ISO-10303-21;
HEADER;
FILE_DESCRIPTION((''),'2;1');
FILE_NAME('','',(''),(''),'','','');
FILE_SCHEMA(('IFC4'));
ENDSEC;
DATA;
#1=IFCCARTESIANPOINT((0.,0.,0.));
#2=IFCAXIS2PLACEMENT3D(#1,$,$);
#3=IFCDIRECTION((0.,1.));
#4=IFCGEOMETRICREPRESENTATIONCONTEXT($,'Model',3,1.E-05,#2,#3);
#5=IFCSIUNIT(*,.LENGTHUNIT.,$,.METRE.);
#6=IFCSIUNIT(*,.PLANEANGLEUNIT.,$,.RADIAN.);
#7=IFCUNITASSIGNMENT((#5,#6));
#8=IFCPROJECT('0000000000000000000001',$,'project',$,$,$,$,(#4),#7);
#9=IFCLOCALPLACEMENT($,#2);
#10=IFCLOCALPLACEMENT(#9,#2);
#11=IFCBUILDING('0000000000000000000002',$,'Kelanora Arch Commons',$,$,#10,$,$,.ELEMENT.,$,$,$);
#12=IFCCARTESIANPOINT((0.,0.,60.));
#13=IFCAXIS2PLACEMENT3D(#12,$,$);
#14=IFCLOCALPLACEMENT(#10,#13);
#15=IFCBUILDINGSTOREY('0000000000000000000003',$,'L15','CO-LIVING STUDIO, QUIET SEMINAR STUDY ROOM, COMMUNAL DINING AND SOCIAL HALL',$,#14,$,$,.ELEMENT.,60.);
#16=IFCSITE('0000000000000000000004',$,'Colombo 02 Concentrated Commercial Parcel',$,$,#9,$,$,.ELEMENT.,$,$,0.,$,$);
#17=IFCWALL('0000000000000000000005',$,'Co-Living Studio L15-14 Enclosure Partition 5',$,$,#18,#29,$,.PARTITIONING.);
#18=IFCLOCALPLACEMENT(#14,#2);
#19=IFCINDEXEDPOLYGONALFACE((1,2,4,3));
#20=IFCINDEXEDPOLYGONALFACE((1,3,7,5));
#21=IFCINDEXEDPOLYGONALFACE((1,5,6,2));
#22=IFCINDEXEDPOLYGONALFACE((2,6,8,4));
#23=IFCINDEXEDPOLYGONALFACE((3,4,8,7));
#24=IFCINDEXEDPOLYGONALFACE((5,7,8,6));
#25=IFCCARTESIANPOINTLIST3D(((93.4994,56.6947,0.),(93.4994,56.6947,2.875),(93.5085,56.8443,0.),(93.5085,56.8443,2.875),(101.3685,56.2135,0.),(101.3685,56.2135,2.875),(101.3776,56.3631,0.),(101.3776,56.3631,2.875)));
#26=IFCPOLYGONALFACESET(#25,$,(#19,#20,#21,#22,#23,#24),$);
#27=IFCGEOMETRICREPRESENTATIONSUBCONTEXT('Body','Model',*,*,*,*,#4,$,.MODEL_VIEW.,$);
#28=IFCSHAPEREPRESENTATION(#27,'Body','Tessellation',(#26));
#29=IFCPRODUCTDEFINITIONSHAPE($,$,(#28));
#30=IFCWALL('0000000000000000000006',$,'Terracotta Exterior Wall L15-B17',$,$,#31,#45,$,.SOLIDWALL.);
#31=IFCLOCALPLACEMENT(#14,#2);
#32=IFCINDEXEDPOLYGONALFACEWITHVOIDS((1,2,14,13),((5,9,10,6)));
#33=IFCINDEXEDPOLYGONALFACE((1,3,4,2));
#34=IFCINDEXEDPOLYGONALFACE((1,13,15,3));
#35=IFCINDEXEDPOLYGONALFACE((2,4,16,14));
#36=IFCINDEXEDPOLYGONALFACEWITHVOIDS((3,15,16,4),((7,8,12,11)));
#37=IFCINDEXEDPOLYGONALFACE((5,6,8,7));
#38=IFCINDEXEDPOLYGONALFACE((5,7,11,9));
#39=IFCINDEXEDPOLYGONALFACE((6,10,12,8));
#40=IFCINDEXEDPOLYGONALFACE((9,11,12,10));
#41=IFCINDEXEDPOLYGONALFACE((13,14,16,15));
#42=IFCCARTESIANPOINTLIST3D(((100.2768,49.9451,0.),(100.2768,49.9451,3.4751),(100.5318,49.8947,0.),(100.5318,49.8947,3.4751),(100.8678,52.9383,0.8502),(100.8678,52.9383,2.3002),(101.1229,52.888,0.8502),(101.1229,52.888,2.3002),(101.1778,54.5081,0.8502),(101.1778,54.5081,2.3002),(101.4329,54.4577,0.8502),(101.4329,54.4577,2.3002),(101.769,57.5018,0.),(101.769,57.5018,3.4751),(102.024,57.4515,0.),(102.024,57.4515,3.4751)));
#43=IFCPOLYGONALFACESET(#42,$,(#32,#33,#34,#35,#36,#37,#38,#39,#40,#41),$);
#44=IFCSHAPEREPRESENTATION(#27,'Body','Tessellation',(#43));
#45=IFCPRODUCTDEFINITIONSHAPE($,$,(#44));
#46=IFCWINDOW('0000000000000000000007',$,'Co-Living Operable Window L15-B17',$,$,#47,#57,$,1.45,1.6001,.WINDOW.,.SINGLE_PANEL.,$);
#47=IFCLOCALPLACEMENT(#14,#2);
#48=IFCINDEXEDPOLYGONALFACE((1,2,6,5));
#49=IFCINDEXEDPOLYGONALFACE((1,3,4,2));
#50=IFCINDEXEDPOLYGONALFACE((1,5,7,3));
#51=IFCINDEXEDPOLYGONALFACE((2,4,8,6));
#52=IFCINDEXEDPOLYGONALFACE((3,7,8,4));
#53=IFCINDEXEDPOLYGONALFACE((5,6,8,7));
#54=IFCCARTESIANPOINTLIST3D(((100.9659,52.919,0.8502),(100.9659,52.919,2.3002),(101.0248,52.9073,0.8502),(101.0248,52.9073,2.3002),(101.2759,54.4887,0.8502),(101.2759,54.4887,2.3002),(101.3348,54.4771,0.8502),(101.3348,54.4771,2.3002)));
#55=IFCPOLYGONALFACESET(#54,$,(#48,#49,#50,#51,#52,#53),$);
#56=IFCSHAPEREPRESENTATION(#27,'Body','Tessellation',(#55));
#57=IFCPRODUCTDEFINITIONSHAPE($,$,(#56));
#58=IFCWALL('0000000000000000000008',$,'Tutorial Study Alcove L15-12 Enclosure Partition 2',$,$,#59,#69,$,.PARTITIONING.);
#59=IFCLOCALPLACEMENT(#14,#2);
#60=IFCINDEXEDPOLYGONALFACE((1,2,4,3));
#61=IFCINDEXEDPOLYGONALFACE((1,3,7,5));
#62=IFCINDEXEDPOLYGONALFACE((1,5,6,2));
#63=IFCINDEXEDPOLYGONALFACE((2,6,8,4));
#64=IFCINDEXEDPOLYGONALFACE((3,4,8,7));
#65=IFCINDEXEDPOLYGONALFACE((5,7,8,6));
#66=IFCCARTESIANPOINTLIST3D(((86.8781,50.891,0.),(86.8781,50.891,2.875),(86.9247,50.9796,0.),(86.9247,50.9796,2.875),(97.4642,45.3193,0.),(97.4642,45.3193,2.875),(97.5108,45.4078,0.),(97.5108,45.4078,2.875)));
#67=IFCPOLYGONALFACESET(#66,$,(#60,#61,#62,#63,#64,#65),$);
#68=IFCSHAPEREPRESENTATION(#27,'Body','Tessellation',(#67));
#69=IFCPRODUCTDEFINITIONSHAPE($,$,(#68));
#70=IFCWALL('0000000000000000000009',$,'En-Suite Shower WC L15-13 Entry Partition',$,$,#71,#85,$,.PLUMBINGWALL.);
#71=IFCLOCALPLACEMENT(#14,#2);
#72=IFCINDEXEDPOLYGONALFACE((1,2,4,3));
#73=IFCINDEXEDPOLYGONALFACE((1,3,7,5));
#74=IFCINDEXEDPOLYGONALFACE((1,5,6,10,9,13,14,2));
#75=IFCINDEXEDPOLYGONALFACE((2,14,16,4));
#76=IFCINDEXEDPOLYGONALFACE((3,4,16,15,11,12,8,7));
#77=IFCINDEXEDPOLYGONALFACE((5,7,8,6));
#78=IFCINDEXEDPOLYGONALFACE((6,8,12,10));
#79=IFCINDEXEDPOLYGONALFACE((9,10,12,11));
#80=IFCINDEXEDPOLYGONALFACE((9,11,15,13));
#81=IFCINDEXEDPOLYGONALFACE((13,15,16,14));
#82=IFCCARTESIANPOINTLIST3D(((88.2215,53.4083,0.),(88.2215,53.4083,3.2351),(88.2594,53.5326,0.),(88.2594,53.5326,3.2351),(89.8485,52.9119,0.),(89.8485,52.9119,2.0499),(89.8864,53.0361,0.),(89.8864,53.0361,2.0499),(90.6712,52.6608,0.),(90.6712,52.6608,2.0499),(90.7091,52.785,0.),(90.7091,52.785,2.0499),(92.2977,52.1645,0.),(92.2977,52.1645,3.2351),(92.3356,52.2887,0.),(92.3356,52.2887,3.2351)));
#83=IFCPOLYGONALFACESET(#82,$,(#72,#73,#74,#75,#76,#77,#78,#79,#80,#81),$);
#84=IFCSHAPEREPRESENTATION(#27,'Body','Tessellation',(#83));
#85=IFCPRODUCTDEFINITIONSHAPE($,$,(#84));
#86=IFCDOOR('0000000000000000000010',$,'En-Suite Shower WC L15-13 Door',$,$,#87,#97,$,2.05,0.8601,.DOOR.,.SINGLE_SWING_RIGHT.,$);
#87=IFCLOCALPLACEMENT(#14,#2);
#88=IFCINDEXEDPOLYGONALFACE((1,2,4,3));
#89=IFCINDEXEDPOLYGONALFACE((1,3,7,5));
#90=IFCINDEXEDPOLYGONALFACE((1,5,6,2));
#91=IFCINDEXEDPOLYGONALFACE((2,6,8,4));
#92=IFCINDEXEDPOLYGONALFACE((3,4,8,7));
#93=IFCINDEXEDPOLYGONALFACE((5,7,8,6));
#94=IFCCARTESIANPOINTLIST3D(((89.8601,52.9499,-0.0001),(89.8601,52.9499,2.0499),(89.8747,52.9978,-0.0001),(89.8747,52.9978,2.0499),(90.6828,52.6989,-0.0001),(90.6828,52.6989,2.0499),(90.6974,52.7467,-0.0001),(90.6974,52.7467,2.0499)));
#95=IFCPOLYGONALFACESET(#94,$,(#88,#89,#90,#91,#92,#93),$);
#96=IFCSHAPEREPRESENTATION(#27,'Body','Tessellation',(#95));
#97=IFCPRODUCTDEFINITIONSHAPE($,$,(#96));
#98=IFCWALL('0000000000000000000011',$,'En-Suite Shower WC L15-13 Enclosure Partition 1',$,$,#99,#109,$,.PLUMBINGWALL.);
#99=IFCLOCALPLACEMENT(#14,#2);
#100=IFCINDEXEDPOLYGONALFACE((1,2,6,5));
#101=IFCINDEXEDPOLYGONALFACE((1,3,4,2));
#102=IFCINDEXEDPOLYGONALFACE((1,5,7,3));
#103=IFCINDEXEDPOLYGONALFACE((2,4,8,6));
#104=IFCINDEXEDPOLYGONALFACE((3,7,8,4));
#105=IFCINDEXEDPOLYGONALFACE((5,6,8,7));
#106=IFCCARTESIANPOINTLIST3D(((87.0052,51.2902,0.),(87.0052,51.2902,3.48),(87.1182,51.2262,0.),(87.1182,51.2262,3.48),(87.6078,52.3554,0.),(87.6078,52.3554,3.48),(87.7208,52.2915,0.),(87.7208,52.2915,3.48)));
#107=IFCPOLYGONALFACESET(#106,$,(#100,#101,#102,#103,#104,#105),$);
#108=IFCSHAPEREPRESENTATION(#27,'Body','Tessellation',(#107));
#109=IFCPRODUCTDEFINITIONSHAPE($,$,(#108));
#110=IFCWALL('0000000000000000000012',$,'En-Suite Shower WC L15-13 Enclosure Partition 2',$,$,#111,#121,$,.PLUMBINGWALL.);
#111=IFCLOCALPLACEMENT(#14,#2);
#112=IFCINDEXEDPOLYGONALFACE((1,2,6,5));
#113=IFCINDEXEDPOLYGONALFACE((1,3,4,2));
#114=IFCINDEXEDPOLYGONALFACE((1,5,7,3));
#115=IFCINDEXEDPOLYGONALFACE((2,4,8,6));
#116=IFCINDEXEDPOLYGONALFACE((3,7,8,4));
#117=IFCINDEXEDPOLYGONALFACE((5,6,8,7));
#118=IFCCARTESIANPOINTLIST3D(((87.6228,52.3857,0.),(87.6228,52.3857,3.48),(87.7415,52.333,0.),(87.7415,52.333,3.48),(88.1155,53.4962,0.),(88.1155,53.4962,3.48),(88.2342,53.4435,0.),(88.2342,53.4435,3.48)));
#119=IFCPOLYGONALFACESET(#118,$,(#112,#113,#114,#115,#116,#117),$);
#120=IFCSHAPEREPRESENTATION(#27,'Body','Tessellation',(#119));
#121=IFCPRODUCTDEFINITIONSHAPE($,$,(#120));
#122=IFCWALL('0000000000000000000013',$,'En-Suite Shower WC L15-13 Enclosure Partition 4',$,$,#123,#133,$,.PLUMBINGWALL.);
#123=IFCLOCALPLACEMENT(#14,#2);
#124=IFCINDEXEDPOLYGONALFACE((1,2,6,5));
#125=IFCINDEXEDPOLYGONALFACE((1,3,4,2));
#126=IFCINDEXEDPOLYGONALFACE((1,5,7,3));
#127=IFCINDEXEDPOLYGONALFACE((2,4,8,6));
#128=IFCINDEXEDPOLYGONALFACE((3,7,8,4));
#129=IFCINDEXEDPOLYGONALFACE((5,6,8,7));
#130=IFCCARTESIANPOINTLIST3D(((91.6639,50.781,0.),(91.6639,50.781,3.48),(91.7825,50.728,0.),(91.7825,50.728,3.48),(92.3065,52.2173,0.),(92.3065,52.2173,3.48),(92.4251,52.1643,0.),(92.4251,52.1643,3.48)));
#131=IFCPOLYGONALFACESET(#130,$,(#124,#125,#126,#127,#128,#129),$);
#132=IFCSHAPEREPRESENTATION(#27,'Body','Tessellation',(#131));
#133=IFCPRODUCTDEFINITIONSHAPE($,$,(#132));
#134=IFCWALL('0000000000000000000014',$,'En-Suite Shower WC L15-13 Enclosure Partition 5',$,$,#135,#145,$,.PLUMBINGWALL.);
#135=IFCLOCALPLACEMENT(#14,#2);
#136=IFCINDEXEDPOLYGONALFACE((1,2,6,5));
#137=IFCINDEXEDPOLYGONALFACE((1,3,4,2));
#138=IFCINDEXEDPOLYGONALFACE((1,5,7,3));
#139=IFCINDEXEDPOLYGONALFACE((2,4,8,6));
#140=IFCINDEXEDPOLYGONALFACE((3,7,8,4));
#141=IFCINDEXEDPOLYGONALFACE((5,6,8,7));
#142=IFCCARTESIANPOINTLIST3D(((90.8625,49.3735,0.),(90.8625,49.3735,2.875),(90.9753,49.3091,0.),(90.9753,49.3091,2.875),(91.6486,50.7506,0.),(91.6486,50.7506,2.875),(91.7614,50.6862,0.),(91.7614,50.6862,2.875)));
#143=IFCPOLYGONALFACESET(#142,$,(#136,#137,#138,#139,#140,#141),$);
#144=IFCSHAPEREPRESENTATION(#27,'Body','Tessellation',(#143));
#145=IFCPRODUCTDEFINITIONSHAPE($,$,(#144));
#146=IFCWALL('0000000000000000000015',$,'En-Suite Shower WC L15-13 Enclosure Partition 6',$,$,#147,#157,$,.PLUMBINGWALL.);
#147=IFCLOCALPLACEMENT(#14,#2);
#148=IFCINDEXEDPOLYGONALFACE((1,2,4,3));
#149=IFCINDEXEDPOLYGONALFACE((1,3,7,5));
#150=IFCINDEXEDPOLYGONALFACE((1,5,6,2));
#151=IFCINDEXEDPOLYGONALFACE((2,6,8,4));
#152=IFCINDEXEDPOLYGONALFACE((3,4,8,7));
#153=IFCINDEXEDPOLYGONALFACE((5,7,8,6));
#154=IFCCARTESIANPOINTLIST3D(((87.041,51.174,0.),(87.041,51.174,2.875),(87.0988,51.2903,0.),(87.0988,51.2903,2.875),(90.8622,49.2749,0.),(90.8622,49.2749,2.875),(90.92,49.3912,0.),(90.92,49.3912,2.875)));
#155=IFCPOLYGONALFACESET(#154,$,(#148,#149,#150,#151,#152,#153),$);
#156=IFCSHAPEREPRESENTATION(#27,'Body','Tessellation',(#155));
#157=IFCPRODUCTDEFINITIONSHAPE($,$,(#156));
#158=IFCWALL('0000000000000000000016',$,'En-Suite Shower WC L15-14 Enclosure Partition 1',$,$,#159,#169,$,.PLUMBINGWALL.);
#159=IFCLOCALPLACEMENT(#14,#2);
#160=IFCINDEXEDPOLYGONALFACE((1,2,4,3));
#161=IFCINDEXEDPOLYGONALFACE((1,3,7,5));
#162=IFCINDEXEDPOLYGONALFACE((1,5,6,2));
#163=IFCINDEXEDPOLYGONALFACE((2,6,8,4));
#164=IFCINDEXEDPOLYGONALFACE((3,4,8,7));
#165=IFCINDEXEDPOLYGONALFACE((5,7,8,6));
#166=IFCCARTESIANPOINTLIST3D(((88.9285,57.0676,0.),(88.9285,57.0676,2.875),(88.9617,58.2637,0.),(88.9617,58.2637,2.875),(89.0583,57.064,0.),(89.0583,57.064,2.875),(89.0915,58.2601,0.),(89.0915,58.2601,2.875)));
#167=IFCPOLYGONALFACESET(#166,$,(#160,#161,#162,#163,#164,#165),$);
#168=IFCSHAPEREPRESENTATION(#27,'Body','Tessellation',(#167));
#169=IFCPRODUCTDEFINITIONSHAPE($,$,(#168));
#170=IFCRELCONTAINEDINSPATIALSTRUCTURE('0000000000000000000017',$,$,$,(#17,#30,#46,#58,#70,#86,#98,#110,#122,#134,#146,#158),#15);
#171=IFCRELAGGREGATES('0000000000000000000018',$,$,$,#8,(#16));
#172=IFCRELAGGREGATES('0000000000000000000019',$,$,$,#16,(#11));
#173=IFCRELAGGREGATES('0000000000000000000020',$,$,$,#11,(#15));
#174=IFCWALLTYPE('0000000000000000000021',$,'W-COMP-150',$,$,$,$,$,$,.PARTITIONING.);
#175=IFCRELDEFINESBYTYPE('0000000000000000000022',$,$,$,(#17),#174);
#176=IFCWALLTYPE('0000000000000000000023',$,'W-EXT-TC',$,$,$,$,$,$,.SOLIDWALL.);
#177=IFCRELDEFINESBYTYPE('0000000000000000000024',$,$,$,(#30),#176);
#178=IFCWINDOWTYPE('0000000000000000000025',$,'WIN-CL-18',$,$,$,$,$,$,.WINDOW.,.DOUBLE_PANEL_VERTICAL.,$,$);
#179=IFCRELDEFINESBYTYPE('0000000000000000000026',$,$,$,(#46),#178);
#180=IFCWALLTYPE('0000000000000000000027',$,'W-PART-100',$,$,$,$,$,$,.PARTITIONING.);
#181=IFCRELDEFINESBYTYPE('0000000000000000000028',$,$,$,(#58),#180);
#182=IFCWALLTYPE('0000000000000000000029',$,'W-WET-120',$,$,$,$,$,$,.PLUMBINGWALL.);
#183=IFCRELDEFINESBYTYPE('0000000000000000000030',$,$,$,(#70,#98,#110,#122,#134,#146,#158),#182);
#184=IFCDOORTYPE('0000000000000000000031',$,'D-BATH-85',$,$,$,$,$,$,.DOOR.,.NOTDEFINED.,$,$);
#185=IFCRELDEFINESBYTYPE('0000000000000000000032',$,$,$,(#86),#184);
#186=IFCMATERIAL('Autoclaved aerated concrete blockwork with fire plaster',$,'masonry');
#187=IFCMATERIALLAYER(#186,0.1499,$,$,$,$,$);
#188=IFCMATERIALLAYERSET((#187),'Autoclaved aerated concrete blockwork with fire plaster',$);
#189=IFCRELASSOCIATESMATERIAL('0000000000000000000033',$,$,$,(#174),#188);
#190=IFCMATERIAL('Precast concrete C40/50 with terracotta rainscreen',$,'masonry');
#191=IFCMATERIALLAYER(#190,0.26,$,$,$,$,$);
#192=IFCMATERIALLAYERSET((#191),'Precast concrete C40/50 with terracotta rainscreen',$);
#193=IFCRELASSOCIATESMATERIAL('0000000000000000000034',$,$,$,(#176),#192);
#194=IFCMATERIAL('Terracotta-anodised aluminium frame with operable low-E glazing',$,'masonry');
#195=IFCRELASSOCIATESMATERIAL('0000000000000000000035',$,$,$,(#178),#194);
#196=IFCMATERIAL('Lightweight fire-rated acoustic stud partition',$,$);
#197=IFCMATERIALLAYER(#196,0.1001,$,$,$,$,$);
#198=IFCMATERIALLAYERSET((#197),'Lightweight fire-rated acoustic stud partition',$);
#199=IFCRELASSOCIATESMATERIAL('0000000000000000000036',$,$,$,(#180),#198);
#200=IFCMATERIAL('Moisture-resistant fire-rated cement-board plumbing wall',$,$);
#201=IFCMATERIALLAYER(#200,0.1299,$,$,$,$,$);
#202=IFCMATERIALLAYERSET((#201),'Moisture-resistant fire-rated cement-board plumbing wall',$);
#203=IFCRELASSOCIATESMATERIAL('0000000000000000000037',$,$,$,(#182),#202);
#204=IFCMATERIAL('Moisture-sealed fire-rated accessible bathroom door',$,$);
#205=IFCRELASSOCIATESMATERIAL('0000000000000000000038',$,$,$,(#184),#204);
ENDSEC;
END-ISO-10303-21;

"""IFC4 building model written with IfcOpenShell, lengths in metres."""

from ifc_helpers import new_model, si_unit, direction, frame, frame_2d, origin, place, context, subcontext, project, spatial, rectangle, extrude, material, layer, layer_set, type_object, element, fill, save


model = new_model("IFC4")

# Units and contexts
model_context = context("Model", 3, precision=1e-05, world=origin(), true_north=direction((0.0, 1.0)))
body_context = subcontext(model_context, "Body", "Model", "MODEL_VIEW")
ifc_project = project(units=[si_unit("LENGTHUNIT", "METRE"), si_unit("PLANEANGLEUNIT", "RADIAN")], contexts=[model_context])

# Site, building, storey
site_placement = place(None, origin())
site = spatial("IfcSite", under=ifc_project, at=site_placement, Name="Colombo 02 Concentrated Commercial Parcel", CompositionType="ELEMENT", RefElevation=0.0)
building_placement = place(site_placement, origin())
building = spatial("IfcBuilding", under=site, at=building_placement, Name="Kelanora Arch Commons", CompositionType="ELEMENT")
storey_placement = place(building_placement, frame((0.0, 0.0, 60.0)))
storey = spatial("IfcBuildingStorey", under=building, at=storey_placement, Name="L15", Description="CO-LIVING STUDIO, QUIET SEMINAR STUDY ROOM, COMMUNAL DINING AND SOCIAL HALL", CompositionType="ELEMENT", Elevation=60.0)

# Shared definitions
ifc_material_1 = material(Name="Autoclaved aerated concrete blockwork with fire plaster", Category="masonry")
ifc_layer_1 = layer(ifc_material_1, 0.1499)
ifc_layer_set_1 = layer_set([ifc_layer_1], Name="Autoclaved aerated concrete blockwork with fire plaster")
wall_type_1 = type_object("IfcWallType", Name="W-COMP-150", PredefinedType="PARTITIONING", material=ifc_layer_set_1)

# Wall
wall_1_placement = place(storey_placement, frame((101.373, 56.2883, 0.0), z_axis=(0.0, 0.0, 1.0), x_axis=(-0.998136, 0.061036, 0.0)))
element("IfcWall", 1, at=wall_1_placement, inside=storey, type_object=wall_type_1, Name="Co-Living Studio L15-14 Enclosure Partition 5", PredefinedType="PARTITIONING", context=body_context, shape_type="SweptSolid", body=[
    extrude(rectangle(XDim=7.8838, YDim=0.1499, at=frame_2d((3.9419, 0.0))), origin(), (0.0, 0.0, 1.0), 2.875),
])

# Wall, opening, window
ifc_material_2 = material(Name="Precast concrete C40/50 with terracotta rainscreen", Category="masonry")
ifc_layer_2 = layer(ifc_material_2, 0.26)
ifc_layer_set_2 = layer_set([ifc_layer_2], Name="Precast concrete C40/50 with terracotta rainscreen")
wall_type_2 = type_object("IfcWallType", Name="W-EXT-TC", PredefinedType="SOLIDWALL", material=ifc_layer_set_2)
wall_2_placement = place(storey_placement, frame((100.4043, 49.9199, 0.0), z_axis=(0.0, 0.0, 1.0), x_axis=(0.193726, 0.981056, 0.0)))
wall_2 = element("IfcWall", 2, at=wall_2_placement, inside=storey, type_object=wall_type_2, Name="Terracotta Exterior Wall L15-B17", PredefinedType="SOLIDWALL", context=body_context, shape_type="SweptSolid", body=[
    extrude(rectangle(XDim=7.7026, YDim=0.26, at=frame_2d((3.8513, 0.0))), origin(), (0.0, 0.0, 1.0), 3.4751),
])
opening_1_placement = place(wall_2_placement, frame((3.051, 0.0, 0.8501)))
opening_1 = element("IfcOpeningElement", 3, at=opening_1_placement, cuts=wall_2, PredefinedType="OPENING", context=body_context, shape_type="SweptSolid", body=[
    extrude(rectangle(XDim=1.6001, YDim=1.45, at=frame_2d((0.8, 0.7251))), frame((0.0, 0.1401, 0.0), z_axis=(0.0, -1.0, 0.0), x_axis=(1.0, 0.0, 0.0)), (0.0, 0.0, 1.0), 0.28),
])
ifc_material_3 = material(Name="Terracotta-anodised aluminium frame with operable low-E glazing", Category="masonry")
window_type = type_object("IfcWindowType", Name="WIN-CL-18", PartitioningType="DOUBLE_PANEL_VERTICAL", PredefinedType="WINDOW", material=ifc_material_3)
window_placement = place(opening_1_placement, origin())
window = element("IfcWindow", 4, at=window_placement, inside=storey, type_object=window_type, Name="Co-Living Operable Window L15-B17", OverallHeight=1.45, OverallWidth=1.6001, PartitioningType="SINGLE_PANEL", PredefinedType="WINDOW", context=body_context, shape_type="SweptSolid", body=[
    extrude(rectangle(XDim=1.6001, YDim=1.45, at=frame_2d((0.8, 0.7251))), frame((0.0, 0.03, 0.0), z_axis=(0.0, -1.0, 0.0), x_axis=(1.0, 0.0, 0.0)), (0.0, 0.0, 1.0), 0.0601),
])
fill(opening_1, window)

# Wall
ifc_material_4 = material(Name="Lightweight fire-rated acoustic stud partition")
ifc_layer_3 = layer(ifc_material_4, 0.1001)
ifc_layer_set_3 = layer_set([ifc_layer_3], Name="Lightweight fire-rated acoustic stud partition")
wall_type_3 = type_object("IfcWallType", Name="W-PART-100", PredefinedType="PARTITIONING", material=ifc_layer_set_3)
wall_3_placement = place(storey_placement, frame((86.9014, 50.9353, 0.0), z_axis=(0.0, 0.0, 1.0), x_axis=(0.884915, -0.465753, 0.0)))
element("IfcWall", 5, at=wall_3_placement, inside=storey, type_object=wall_type_3, Name="Tutorial Study Alcove L15-12 Enclosure Partition 2", PredefinedType="PARTITIONING", context=body_context, shape_type="SweptSolid", body=[
    extrude(rectangle(XDim=11.9629, YDim=0.1001, at=frame_2d((5.9814, 0.0))), origin(), (0.0, 0.0, 1.0), 2.875),
])

# Wall, opening, door
ifc_material_5 = material(Name="Moisture-resistant fire-rated cement-board plumbing wall")
ifc_layer_4 = layer(ifc_material_5, 0.1299)
ifc_layer_set_4 = layer_set([ifc_layer_4], Name="Moisture-resistant fire-rated cement-board plumbing wall")
wall_type_4 = type_object("IfcWallType", Name="W-WET-120", PredefinedType="PLUMBINGWALL", material=ifc_layer_set_4)
wall_4_placement = place(storey_placement, frame((88.2405, 53.4705, 0.0), z_axis=(0.0, 0.0, 1.0), x_axis=(0.956456, -0.291875, 0.0)))
wall_4 = element("IfcWall", 6, at=wall_4_placement, inside=storey, type_object=wall_type_4, Name="En-Suite Shower WC L15-13 Entry Partition", PredefinedType="PLUMBINGWALL", context=body_context, shape_type="SweptSolid", body=[
    extrude(rectangle(XDim=4.2617, YDim=0.1299, at=frame_2d((2.1309, 0.0))), origin(), (0.0, 0.0, 1.0), 3.2351),
])
opening_2_placement = place(wall_4_placement, frame((1.7009, 0.0, 0.0)))
opening_2 = element("IfcOpeningElement", 7, at=opening_2_placement, cuts=wall_4, PredefinedType="OPENING", context=body_context, shape_type="SweptSolid", body=[
    extrude(rectangle(XDim=0.8601, YDim=2.05, at=frame_2d((0.4302, 1.0249))), frame((0.0, 0.075, 0.0), z_axis=(0.0, -1.0, 0.0), x_axis=(1.0, 0.0, 0.0)), (0.0, 0.0, 1.0), 0.1499),
])
ifc_material_6 = material(Name="Moisture-sealed fire-rated accessible bathroom door")
door_type_1 = type_object("IfcDoorType", Name="D-BATH-85", OperationType="NOTDEFINED", PredefinedType="DOOR", material=ifc_material_6)
door_1_placement = place(opening_2_placement, origin())
door_1 = element("IfcDoor", 8, at=door_1_placement, inside=storey, type_object=door_type_1, Name="En-Suite Shower WC L15-13 Door", OperationType="SINGLE_SWING_RIGHT", OverallHeight=2.05, OverallWidth=0.8601, PredefinedType="DOOR", context=body_context, shape_type="SweptSolid", body=[
    extrude(rectangle(XDim=0.8601, YDim=2.05, at=frame_2d((0.4302, 1.0249))), frame((0.0, 0.0249, 0.0), z_axis=(0.0, -1.0, 0.0), x_axis=(1.0, 0.0, 0.0)), (0.0, 0.0, 1.0), 0.05),
])
fill(opening_2, door_1)

# Walls
wall_5_placement = place(storey_placement, frame((87.0618, 51.2583, 0.0), z_axis=(0.0, 0.0, 1.0), x_axis=(0.492353, 0.870396, 0.0)))
element("IfcWall", 9, at=wall_5_placement, inside=storey, type_object=wall_type_4, Name="En-Suite Shower WC L15-13 Enclosure Partition 1", PredefinedType="PLUMBINGWALL", context=body_context, shape_type="SweptSolid", body=[
    extrude(rectangle(XDim=1.2239, YDim=0.1299, at=frame_2d((0.6118, 0.0))), origin(), (0.0, 0.0, 1.0), 3.48),
])
wall_6_placement = place(storey_placement, frame((87.6821, 52.3594, 0.0), z_axis=(0.0, 0.0, 1.0), x_axis=(0.405579, 0.91406, 0.0)))
element("IfcWall", 10, at=wall_6_placement, inside=storey, type_object=wall_type_4, Name="En-Suite Shower WC L15-13 Enclosure Partition 2", PredefinedType="PLUMBINGWALL", context=body_context, shape_type="SweptSolid", body=[
    extrude(rectangle(XDim=1.2148, YDim=0.1299, at=frame_2d((0.6074, 0.0))), origin(), (0.0, 0.0, 1.0), 3.48),
])
wall_7_placement = place(storey_placement, frame((92.3657, 52.1907, 0.0), z_axis=(0.0, 0.0, 1.0), x_axis=(-0.408383, -0.912811, 0.0)))
element("IfcWall", 11, at=wall_7_placement, inside=storey, type_object=wall_type_4, Name="En-Suite Shower WC L15-13 Enclosure Partition 4", PredefinedType="PLUMBINGWALL", context=body_context, shape_type="SweptSolid", body=[
    extrude(rectangle(XDim=1.5735, YDim=0.1299, at=frame_2d((0.7866, 0.0))), origin(), (0.0, 0.0, 1.0), 3.48),
])
wall_8_placement = place(storey_placement, frame((91.7051, 50.7185, 0.0), z_axis=(0.0, 0.0, 1.0), x_axis=(-0.495741, -0.86847, 0.0)))
element("IfcWall", 12, at=wall_8_placement, inside=storey, type_object=wall_type_4, Name="En-Suite Shower WC L15-13 Enclosure Partition 5", PredefinedType="PLUMBINGWALL", context=body_context, shape_type="SweptSolid", body=[
    extrude(rectangle(XDim=1.5857, YDim=0.1299, at=frame_2d((0.793, 0.0))), origin(), (0.0, 0.0, 1.0), 2.875),
])
wall_9_placement = place(storey_placement, frame((90.8911, 49.333, 0.0), z_axis=(0.0, 0.0, 1.0), x_axis=(-0.8955, 0.445061, 0.0)))
element("IfcWall", 13, at=wall_9_placement, inside=storey, type_object=wall_type_4, Name="En-Suite Shower WC L15-13 Enclosure Partition 6", PredefinedType="PLUMBINGWALL", context=body_context, shape_type="SweptSolid", body=[
    extrude(rectangle(XDim=4.2671, YDim=0.1299, at=frame_2d((2.1335, 0.0))), origin(), (0.0, 0.0, 1.0), 2.875),
])
wall_10_placement = place(storey_placement, frame((88.9934, 57.0659, 0.0), z_axis=(0.0, 0.0, 1.0), x_axis=(0.02775, 0.999615, 0.0)))
element("IfcWall", 14, at=wall_10_placement, inside=storey, type_object=wall_type_4, Name="En-Suite Shower WC L15-14 Enclosure Partition 1", PredefinedType="PLUMBINGWALL", context=body_context, shape_type="SweptSolid", body=[
    extrude(rectangle(XDim=1.1965, YDim=0.1299, at=frame_2d((0.5981, 0.0))), origin(), (0.0, 0.0, 1.0), 2.875),
])

save(model, "model.ifc")
